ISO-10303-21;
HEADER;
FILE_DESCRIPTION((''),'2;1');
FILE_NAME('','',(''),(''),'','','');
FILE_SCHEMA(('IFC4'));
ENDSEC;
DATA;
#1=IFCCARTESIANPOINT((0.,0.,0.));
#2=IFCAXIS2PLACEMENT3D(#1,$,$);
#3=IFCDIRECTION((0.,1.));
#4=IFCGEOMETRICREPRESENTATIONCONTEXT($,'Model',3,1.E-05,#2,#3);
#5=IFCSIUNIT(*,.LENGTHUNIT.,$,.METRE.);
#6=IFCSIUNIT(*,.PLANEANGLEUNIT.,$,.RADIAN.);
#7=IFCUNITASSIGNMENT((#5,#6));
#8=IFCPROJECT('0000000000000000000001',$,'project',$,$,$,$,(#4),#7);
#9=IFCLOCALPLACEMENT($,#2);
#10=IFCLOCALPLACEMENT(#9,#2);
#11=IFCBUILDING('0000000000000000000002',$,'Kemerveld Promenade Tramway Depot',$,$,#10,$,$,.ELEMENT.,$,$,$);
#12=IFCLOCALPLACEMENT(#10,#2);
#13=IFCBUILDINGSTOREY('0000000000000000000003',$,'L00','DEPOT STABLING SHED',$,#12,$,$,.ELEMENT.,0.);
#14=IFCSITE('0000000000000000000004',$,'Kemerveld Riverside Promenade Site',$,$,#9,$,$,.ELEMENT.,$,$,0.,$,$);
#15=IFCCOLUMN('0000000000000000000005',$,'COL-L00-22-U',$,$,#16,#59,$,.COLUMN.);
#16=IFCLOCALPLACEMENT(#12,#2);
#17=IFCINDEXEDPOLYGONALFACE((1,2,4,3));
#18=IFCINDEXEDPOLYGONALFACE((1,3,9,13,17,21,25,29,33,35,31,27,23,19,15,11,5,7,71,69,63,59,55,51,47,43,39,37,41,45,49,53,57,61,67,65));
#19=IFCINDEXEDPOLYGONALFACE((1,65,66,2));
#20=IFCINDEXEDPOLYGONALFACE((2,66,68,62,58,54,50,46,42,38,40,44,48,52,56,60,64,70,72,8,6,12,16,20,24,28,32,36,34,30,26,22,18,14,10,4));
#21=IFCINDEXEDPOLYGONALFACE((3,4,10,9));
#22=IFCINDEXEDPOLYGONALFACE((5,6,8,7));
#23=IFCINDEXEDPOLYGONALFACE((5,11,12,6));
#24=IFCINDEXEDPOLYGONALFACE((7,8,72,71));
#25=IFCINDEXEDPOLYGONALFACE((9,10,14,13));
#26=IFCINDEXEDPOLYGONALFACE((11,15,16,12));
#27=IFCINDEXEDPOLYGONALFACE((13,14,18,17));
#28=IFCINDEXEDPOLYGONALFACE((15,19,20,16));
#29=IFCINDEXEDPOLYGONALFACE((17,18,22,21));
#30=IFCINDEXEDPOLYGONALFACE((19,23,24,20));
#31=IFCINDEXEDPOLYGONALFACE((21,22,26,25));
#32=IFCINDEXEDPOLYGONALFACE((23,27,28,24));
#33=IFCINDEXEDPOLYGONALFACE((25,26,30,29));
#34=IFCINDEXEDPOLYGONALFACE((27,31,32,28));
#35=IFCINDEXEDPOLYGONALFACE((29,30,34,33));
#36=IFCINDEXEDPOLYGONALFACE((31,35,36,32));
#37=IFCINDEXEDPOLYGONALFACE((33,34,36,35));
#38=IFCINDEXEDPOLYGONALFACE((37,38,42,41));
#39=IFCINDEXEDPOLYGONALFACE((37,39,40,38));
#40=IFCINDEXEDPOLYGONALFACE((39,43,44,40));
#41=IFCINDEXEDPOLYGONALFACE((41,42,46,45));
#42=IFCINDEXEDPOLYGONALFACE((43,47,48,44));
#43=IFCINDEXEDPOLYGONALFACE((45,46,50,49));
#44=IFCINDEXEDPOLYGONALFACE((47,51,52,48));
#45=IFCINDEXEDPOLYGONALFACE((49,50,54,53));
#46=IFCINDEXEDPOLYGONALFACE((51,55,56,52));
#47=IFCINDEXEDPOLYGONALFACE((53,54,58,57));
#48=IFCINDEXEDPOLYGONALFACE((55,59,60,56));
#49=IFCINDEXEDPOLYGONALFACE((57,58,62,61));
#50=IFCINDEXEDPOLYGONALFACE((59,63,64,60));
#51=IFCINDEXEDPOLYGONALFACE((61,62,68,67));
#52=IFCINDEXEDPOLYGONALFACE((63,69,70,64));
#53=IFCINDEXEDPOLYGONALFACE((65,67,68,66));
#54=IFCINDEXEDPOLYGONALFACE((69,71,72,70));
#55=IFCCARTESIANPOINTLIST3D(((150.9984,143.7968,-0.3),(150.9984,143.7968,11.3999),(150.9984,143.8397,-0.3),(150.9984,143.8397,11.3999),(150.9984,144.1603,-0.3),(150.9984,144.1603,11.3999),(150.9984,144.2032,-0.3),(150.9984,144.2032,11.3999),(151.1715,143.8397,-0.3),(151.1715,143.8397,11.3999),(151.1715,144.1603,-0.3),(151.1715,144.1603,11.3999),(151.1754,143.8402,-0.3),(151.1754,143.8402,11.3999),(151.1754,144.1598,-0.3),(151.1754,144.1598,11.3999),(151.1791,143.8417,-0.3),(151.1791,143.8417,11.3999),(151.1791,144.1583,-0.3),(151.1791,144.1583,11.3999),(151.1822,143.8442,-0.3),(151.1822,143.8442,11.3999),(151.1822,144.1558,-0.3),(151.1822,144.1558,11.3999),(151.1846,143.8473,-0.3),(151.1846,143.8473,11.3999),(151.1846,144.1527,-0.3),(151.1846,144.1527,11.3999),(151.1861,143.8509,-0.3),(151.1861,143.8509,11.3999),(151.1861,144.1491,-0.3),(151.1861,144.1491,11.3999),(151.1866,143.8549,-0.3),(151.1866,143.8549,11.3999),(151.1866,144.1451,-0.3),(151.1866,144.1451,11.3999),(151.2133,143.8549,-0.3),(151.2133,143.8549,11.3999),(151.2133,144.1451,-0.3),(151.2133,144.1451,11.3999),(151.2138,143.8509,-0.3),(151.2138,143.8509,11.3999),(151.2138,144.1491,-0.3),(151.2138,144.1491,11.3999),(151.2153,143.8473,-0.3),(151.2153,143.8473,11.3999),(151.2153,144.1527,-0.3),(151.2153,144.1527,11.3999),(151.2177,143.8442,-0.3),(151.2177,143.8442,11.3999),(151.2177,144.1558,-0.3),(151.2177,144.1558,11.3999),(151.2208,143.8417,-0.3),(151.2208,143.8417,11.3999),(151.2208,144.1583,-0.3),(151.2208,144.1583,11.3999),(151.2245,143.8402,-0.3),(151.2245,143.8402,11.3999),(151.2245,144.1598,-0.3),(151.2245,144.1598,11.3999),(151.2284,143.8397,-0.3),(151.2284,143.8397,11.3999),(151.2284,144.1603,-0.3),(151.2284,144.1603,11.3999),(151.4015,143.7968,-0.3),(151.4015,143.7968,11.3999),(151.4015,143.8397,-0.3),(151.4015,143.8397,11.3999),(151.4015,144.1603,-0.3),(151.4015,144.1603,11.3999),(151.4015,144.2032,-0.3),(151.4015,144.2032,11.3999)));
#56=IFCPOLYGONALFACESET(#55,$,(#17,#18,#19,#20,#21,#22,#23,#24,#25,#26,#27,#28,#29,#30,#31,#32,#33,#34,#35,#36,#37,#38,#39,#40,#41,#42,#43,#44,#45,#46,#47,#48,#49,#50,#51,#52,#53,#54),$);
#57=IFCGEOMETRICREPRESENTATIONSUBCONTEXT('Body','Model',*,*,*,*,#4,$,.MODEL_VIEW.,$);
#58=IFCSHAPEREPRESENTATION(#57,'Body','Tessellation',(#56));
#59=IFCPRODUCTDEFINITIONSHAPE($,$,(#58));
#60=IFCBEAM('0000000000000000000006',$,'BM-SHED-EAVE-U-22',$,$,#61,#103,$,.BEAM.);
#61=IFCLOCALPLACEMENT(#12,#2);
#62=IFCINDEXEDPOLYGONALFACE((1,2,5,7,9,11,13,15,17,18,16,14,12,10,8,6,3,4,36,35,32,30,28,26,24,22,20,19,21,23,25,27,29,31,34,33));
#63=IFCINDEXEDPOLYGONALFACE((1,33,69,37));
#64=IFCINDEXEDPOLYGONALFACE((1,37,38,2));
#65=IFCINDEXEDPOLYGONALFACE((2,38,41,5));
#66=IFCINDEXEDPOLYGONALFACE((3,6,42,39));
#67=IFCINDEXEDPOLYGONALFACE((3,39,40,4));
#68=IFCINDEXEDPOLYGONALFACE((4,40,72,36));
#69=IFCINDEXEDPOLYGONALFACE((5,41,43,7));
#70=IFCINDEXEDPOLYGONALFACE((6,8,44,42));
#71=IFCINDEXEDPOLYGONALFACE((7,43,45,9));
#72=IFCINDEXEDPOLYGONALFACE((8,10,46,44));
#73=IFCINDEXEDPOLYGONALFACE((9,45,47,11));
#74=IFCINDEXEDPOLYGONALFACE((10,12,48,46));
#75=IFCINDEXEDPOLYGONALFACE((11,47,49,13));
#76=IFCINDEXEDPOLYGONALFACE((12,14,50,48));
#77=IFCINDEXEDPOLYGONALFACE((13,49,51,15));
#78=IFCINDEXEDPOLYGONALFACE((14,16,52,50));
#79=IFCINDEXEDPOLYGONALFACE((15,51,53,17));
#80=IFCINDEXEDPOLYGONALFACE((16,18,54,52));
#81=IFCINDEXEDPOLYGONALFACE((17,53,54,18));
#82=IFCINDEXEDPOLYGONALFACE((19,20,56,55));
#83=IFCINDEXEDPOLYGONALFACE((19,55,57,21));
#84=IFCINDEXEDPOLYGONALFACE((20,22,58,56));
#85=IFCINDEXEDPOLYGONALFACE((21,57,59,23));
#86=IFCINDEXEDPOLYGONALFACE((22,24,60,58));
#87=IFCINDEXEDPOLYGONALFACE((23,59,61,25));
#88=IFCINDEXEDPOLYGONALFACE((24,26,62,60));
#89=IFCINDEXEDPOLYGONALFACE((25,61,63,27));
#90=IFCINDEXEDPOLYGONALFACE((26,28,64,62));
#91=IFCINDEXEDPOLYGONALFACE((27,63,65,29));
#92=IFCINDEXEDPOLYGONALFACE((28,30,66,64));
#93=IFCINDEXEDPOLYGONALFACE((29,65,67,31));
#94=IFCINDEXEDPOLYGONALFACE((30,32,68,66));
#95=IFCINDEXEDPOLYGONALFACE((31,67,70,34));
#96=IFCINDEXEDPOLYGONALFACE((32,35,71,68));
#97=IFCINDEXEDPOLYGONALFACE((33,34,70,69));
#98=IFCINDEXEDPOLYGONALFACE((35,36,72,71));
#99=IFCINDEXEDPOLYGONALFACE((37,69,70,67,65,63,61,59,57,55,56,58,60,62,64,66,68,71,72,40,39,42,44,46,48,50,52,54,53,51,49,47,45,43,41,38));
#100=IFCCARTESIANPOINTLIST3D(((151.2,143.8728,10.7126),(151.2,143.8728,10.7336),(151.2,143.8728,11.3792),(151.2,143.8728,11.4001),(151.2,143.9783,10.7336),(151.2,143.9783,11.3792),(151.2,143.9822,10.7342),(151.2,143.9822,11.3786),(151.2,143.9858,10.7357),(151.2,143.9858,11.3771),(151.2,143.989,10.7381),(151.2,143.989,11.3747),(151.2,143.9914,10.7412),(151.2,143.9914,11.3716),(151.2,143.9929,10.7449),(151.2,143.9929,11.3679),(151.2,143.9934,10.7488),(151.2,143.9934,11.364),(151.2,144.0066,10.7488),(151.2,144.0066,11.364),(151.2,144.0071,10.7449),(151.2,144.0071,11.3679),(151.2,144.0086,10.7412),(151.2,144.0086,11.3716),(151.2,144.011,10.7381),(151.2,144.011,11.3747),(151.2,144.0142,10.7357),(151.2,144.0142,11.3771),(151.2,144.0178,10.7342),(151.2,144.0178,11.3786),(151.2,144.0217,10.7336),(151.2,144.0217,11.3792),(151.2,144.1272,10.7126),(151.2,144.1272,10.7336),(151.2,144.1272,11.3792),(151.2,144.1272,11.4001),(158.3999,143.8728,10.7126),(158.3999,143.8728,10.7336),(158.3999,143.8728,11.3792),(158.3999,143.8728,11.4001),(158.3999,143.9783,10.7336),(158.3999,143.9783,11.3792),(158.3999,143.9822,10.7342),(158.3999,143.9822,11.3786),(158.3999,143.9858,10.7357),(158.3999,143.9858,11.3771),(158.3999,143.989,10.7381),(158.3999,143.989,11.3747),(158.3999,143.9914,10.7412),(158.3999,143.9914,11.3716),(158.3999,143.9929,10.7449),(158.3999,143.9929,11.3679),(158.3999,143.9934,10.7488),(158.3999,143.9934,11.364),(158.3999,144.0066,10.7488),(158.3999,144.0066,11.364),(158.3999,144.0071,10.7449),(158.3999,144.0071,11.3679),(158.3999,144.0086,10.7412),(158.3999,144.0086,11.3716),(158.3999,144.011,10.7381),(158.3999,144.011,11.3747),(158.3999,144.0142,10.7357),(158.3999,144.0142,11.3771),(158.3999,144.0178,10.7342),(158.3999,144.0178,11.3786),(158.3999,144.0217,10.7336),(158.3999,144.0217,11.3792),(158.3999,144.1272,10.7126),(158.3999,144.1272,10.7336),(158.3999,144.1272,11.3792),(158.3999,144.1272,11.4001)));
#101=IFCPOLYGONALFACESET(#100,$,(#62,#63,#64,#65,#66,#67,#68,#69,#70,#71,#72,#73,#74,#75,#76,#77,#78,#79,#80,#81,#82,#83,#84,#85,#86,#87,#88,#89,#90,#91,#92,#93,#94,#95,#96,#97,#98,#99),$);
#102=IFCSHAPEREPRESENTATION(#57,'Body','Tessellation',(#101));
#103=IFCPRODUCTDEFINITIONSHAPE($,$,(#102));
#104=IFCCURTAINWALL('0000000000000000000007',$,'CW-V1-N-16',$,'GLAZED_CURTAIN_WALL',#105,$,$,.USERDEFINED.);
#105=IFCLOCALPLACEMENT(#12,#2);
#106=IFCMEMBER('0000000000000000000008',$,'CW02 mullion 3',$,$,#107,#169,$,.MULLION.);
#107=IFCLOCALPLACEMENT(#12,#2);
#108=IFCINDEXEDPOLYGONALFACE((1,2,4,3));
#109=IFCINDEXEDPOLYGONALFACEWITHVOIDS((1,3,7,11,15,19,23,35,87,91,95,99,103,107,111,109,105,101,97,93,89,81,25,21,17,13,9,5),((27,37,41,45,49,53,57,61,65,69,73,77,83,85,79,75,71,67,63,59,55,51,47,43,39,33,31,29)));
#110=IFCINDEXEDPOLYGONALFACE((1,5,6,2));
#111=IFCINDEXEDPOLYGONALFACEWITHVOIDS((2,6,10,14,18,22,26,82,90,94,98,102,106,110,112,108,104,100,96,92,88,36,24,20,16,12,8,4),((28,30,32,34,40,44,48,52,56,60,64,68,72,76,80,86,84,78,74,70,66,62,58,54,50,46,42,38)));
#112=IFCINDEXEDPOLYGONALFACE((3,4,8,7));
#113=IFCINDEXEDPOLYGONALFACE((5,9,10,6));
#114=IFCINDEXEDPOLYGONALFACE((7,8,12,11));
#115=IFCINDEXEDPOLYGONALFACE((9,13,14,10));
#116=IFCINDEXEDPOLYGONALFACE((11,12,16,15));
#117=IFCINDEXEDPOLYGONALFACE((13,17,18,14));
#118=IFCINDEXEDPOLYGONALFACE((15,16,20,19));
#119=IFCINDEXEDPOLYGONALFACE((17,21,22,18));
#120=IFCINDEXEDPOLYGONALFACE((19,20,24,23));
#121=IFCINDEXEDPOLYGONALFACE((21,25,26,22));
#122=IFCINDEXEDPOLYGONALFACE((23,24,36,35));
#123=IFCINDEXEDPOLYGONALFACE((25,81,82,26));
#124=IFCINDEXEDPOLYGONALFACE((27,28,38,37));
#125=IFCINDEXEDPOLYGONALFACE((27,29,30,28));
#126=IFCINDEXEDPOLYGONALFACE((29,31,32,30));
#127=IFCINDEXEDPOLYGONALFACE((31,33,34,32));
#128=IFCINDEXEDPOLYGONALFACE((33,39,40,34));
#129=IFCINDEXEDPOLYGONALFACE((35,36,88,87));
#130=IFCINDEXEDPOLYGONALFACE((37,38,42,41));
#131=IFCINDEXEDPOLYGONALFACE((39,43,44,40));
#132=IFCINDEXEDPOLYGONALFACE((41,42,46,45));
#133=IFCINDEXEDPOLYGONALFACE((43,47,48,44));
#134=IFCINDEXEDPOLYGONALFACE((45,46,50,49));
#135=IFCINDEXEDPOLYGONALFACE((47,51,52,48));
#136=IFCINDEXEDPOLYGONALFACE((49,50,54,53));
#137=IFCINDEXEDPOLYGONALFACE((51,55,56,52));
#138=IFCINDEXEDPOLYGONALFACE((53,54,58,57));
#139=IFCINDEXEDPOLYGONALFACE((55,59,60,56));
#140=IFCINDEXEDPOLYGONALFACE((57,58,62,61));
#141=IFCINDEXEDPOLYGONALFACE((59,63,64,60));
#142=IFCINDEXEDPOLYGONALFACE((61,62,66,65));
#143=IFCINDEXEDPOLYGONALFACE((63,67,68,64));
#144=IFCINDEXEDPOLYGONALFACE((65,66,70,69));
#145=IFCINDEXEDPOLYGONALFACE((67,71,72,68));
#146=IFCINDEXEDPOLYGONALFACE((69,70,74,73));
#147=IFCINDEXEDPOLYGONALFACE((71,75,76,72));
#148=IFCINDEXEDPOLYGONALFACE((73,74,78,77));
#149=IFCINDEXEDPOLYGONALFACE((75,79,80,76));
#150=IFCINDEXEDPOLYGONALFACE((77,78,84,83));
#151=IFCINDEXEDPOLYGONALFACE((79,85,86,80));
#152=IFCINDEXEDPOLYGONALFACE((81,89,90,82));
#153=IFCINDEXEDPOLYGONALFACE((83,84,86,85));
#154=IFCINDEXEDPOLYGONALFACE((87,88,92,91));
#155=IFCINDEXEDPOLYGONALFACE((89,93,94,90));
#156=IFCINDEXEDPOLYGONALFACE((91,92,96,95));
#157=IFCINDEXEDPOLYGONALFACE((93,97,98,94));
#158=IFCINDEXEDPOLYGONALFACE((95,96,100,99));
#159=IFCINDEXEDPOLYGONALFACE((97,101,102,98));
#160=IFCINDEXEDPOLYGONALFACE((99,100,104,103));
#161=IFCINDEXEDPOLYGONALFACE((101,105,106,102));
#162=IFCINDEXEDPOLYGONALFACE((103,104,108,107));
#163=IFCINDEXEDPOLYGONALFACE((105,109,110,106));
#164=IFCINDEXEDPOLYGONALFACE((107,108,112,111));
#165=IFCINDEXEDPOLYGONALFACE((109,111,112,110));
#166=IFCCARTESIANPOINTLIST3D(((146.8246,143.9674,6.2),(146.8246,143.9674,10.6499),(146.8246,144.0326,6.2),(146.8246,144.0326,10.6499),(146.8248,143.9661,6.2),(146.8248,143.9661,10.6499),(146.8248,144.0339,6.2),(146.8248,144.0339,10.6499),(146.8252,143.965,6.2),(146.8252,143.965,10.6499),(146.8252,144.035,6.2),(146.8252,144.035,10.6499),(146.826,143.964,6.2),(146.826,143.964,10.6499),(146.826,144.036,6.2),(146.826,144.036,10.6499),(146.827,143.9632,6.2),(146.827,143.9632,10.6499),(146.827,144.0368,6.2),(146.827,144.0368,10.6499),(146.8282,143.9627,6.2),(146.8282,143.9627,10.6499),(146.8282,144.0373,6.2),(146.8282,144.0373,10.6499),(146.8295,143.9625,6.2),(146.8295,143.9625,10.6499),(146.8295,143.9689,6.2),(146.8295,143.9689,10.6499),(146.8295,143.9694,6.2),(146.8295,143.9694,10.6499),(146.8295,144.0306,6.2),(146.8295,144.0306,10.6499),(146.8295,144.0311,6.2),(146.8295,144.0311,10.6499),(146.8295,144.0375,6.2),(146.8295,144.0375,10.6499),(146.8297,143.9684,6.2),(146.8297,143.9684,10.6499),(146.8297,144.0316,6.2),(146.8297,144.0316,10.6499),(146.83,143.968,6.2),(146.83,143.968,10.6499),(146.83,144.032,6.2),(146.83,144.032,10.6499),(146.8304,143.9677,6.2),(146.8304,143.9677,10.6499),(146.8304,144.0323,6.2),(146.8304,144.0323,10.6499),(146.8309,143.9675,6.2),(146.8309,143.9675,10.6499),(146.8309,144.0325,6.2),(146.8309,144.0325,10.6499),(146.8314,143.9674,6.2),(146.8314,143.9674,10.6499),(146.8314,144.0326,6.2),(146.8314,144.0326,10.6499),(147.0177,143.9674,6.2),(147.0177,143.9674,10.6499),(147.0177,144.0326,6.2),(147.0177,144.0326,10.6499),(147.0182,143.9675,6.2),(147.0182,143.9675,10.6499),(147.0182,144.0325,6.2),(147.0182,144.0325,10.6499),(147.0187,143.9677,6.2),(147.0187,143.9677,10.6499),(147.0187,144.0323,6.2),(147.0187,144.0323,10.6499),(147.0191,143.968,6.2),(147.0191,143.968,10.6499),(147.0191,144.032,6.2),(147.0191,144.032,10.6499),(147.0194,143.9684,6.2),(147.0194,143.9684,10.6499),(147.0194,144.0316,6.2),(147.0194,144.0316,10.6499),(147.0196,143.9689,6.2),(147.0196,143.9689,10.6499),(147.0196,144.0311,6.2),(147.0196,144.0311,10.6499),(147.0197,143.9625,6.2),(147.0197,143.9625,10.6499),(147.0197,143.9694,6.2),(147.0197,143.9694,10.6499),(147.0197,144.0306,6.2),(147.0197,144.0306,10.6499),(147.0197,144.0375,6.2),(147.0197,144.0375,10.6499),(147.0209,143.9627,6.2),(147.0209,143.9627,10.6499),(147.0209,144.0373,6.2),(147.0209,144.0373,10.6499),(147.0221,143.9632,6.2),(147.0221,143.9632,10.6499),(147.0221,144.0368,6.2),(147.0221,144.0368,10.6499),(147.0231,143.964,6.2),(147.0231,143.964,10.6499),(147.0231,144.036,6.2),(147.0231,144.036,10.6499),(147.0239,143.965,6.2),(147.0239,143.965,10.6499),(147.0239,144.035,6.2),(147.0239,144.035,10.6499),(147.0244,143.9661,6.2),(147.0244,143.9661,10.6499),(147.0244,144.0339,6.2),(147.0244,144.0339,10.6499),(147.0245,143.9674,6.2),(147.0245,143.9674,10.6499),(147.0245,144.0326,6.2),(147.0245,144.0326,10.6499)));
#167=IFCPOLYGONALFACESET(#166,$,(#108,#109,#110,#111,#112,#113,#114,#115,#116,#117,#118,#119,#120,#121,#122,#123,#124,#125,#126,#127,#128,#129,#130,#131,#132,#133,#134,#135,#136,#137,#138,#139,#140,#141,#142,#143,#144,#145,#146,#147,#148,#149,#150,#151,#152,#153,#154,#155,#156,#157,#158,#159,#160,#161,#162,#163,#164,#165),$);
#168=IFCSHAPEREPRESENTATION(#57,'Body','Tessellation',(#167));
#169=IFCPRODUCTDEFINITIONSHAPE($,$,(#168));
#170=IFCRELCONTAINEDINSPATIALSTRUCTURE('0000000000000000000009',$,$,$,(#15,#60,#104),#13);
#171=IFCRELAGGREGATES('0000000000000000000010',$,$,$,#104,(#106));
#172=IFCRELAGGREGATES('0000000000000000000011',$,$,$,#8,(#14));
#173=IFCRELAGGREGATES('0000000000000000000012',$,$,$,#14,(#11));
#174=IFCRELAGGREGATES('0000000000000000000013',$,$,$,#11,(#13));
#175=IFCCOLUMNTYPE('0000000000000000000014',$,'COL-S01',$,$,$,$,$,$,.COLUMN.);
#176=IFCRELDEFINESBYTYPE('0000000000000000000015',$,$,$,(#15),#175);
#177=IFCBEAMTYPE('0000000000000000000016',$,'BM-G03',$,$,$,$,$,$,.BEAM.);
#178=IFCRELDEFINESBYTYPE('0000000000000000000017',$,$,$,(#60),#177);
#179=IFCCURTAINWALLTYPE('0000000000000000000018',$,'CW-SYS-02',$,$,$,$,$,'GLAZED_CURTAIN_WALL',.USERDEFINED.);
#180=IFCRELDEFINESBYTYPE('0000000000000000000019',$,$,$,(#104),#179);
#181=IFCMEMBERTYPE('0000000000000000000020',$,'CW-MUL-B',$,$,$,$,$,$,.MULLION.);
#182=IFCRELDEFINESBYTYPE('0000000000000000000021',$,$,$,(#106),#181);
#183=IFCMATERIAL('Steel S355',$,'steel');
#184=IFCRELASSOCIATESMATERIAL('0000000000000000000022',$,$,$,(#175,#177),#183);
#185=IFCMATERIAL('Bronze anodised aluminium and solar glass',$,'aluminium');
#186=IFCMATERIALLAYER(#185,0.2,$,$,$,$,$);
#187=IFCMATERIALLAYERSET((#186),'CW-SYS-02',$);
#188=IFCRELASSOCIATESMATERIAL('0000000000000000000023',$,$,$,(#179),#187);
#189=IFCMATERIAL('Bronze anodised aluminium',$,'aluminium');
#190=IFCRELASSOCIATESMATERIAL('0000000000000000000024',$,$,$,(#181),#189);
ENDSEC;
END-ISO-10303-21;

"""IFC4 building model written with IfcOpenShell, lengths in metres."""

from ifc_helpers import new_model, si_unit, direction, frame, origin, origin_2d, place, context, subcontext, project, spatial, hollow_rectangle, i_section, extrude, material, layer, layer_set, material_profile, profile_set, type_object, element, aggregate, save


model = new_model("IFC4")

# Units and contexts
model_context = context("Model", 3, precision=1e-05, world=origin(), true_north=direction((0.0, 1.0)))
body_context = subcontext(model_context, "Body", "Model", "MODEL_VIEW")
ifc_project = project(units=[si_unit("LENGTHUNIT", "METRE"), si_unit("PLANEANGLEUNIT", "RADIAN")], contexts=[model_context])

# Site, building, storey
site_placement = place(None, origin())
site = spatial("IfcSite", under=ifc_project, at=site_placement, Name="Kemerveld Riverside Promenade Site", CompositionType="ELEMENT", RefElevation=0.0)
building_placement = place(site_placement, origin())
building = spatial("IfcBuilding", under=site, at=building_placement, Name="Kemerveld Promenade Tramway Depot", CompositionType="ELEMENT")
storey_placement = place(building_placement, origin())
storey = spatial("IfcBuildingStorey", under=building, at=storey_placement, Name="L00", Description="DEPOT STABLING SHED", CompositionType="ELEMENT", Elevation=0.0)

# Column
ifc_material_1 = material(Name="Steel S355", Category="steel")
ifc_material_profile_1 = material_profile(ifc_material_1, i_section(OverallWidth=0.4031, OverallDepth=0.4065, WebThickness=0.0266, FlangeThickness=0.043, FilletRadius=0.0151, at=origin_2d()), Name="356x406x340 UC")
ifc_profile_set_1 = profile_set([ifc_material_profile_1], Name="Steel S355")
column_type = type_object("IfcColumnType", Name="COL-S01", PredefinedType="COLUMN", material=ifc_profile_set_1)
column_placement = place(storey_placement, frame((151.2, 144.0, -0.3), z_axis=(0.0, 0.0, 1.0), x_axis=(1.0, 0.0, 0.0)))
element("IfcColumn", 1, at=column_placement, inside=storey, type_object=column_type, Name="COL-L00-22-U", PredefinedType="COLUMN", context=body_context, shape_type="SweptSolid", body=[
    extrude(i_section(OverallWidth=0.4031, OverallDepth=0.4065, WebThickness=0.0266, FlangeThickness=0.043, FilletRadius=0.0151, at=origin_2d()), origin(), (0.0, 0.0, 1.0), 11.7),
])

# Beam
ifc_material_profile_2 = material_profile(ifc_material_1, i_section(OverallWidth=0.2544, OverallDepth=0.6875, WebThickness=0.0132, FlangeThickness=0.021, FilletRadius=0.0151, at=origin_2d()), Name="686x254x152 UB")
ifc_profile_set_2 = profile_set([ifc_material_profile_2], Name="Steel S355")
beam_type = type_object("IfcBeamType", Name="BM-G03", PredefinedType="BEAM", material=ifc_profile_set_2)
beam_placement = place(storey_placement, frame((151.2, 144.0, 11.0564), z_axis=(1.0, 0.0, 0.0), x_axis=(0.0, 1.0, 0.0)))
element("IfcBeam", 2, at=beam_placement, inside=storey, type_object=beam_type, Name="BM-SHED-EAVE-U-22", PredefinedType="BEAM", context=body_context, shape_type="SweptSolid", body=[
    extrude(i_section(OverallWidth=0.2544, OverallDepth=0.6875, WebThickness=0.0132, FlangeThickness=0.021, FilletRadius=0.0151, at=origin_2d()), origin(), (0.0, 0.0, 1.0), 7.2),
])

# Curtain wall, member
ifc_material_2 = material(Name="Bronze anodised aluminium and solar glass", Category="aluminium")
ifc_layer_1 = layer(ifc_material_2, 0.2)
ifc_layer_set_1 = layer_set([ifc_layer_1], Name="CW-SYS-02")
curtain_wall_type = type_object("IfcCurtainWallType", Name="CW-SYS-02", ElementType="GLAZED_CURTAIN_WALL", PredefinedType="USERDEFINED", material=ifc_layer_set_1)
curtain_wall_placement = place(storey_placement, origin())
curtain_wall = element("IfcCurtainWall", 3, at=curtain_wall_placement, inside=storey, type_object=curtain_wall_type, Name="CW-V1-N-16", ObjectType="GLAZED_CURTAIN_WALL", PredefinedType="USERDEFINED")
ifc_material_3 = material(Name="Bronze anodised aluminium", Category="aluminium")
ifc_material_profile_3 = material_profile(ifc_material_3, hollow_rectangle(XDim=0.075, YDim=0.2, WallThickness=0.0049, InnerFilletRadius=0.002, OuterFilletRadius=0.0049, at=origin_2d()), Name="CW-MUL-200x75")
ifc_profile_set_3 = profile_set([ifc_material_profile_3], Name="Bronze anodised aluminium")
member_type_1 = type_object("IfcMemberType", Name="CW-MUL-B", PredefinedType="MULLION", material=ifc_profile_set_3)
member_1_placement = place(storey_placement, frame((146.9246, 144.0, 6.2), z_axis=(0.0, 0.0, 1.0), x_axis=(0.0, 1.0, 0.0)))
member_1 = element("IfcMember", 4, at=member_1_placement, type_object=member_type_1, Name="CW02 mullion 3", PredefinedType="MULLION", context=body_context, shape_type="SweptSolid", body=[
    extrude(hollow_rectangle(XDim=0.075, YDim=0.2, WallThickness=0.0049, InnerFilletRadius=0.002, OuterFilletRadius=0.0049, at=origin_2d()), origin(), (0.0, 0.0, 1.0), 4.45),
])

aggregate(curtain_wall, [member_1])

save(model, "model.ifc")
